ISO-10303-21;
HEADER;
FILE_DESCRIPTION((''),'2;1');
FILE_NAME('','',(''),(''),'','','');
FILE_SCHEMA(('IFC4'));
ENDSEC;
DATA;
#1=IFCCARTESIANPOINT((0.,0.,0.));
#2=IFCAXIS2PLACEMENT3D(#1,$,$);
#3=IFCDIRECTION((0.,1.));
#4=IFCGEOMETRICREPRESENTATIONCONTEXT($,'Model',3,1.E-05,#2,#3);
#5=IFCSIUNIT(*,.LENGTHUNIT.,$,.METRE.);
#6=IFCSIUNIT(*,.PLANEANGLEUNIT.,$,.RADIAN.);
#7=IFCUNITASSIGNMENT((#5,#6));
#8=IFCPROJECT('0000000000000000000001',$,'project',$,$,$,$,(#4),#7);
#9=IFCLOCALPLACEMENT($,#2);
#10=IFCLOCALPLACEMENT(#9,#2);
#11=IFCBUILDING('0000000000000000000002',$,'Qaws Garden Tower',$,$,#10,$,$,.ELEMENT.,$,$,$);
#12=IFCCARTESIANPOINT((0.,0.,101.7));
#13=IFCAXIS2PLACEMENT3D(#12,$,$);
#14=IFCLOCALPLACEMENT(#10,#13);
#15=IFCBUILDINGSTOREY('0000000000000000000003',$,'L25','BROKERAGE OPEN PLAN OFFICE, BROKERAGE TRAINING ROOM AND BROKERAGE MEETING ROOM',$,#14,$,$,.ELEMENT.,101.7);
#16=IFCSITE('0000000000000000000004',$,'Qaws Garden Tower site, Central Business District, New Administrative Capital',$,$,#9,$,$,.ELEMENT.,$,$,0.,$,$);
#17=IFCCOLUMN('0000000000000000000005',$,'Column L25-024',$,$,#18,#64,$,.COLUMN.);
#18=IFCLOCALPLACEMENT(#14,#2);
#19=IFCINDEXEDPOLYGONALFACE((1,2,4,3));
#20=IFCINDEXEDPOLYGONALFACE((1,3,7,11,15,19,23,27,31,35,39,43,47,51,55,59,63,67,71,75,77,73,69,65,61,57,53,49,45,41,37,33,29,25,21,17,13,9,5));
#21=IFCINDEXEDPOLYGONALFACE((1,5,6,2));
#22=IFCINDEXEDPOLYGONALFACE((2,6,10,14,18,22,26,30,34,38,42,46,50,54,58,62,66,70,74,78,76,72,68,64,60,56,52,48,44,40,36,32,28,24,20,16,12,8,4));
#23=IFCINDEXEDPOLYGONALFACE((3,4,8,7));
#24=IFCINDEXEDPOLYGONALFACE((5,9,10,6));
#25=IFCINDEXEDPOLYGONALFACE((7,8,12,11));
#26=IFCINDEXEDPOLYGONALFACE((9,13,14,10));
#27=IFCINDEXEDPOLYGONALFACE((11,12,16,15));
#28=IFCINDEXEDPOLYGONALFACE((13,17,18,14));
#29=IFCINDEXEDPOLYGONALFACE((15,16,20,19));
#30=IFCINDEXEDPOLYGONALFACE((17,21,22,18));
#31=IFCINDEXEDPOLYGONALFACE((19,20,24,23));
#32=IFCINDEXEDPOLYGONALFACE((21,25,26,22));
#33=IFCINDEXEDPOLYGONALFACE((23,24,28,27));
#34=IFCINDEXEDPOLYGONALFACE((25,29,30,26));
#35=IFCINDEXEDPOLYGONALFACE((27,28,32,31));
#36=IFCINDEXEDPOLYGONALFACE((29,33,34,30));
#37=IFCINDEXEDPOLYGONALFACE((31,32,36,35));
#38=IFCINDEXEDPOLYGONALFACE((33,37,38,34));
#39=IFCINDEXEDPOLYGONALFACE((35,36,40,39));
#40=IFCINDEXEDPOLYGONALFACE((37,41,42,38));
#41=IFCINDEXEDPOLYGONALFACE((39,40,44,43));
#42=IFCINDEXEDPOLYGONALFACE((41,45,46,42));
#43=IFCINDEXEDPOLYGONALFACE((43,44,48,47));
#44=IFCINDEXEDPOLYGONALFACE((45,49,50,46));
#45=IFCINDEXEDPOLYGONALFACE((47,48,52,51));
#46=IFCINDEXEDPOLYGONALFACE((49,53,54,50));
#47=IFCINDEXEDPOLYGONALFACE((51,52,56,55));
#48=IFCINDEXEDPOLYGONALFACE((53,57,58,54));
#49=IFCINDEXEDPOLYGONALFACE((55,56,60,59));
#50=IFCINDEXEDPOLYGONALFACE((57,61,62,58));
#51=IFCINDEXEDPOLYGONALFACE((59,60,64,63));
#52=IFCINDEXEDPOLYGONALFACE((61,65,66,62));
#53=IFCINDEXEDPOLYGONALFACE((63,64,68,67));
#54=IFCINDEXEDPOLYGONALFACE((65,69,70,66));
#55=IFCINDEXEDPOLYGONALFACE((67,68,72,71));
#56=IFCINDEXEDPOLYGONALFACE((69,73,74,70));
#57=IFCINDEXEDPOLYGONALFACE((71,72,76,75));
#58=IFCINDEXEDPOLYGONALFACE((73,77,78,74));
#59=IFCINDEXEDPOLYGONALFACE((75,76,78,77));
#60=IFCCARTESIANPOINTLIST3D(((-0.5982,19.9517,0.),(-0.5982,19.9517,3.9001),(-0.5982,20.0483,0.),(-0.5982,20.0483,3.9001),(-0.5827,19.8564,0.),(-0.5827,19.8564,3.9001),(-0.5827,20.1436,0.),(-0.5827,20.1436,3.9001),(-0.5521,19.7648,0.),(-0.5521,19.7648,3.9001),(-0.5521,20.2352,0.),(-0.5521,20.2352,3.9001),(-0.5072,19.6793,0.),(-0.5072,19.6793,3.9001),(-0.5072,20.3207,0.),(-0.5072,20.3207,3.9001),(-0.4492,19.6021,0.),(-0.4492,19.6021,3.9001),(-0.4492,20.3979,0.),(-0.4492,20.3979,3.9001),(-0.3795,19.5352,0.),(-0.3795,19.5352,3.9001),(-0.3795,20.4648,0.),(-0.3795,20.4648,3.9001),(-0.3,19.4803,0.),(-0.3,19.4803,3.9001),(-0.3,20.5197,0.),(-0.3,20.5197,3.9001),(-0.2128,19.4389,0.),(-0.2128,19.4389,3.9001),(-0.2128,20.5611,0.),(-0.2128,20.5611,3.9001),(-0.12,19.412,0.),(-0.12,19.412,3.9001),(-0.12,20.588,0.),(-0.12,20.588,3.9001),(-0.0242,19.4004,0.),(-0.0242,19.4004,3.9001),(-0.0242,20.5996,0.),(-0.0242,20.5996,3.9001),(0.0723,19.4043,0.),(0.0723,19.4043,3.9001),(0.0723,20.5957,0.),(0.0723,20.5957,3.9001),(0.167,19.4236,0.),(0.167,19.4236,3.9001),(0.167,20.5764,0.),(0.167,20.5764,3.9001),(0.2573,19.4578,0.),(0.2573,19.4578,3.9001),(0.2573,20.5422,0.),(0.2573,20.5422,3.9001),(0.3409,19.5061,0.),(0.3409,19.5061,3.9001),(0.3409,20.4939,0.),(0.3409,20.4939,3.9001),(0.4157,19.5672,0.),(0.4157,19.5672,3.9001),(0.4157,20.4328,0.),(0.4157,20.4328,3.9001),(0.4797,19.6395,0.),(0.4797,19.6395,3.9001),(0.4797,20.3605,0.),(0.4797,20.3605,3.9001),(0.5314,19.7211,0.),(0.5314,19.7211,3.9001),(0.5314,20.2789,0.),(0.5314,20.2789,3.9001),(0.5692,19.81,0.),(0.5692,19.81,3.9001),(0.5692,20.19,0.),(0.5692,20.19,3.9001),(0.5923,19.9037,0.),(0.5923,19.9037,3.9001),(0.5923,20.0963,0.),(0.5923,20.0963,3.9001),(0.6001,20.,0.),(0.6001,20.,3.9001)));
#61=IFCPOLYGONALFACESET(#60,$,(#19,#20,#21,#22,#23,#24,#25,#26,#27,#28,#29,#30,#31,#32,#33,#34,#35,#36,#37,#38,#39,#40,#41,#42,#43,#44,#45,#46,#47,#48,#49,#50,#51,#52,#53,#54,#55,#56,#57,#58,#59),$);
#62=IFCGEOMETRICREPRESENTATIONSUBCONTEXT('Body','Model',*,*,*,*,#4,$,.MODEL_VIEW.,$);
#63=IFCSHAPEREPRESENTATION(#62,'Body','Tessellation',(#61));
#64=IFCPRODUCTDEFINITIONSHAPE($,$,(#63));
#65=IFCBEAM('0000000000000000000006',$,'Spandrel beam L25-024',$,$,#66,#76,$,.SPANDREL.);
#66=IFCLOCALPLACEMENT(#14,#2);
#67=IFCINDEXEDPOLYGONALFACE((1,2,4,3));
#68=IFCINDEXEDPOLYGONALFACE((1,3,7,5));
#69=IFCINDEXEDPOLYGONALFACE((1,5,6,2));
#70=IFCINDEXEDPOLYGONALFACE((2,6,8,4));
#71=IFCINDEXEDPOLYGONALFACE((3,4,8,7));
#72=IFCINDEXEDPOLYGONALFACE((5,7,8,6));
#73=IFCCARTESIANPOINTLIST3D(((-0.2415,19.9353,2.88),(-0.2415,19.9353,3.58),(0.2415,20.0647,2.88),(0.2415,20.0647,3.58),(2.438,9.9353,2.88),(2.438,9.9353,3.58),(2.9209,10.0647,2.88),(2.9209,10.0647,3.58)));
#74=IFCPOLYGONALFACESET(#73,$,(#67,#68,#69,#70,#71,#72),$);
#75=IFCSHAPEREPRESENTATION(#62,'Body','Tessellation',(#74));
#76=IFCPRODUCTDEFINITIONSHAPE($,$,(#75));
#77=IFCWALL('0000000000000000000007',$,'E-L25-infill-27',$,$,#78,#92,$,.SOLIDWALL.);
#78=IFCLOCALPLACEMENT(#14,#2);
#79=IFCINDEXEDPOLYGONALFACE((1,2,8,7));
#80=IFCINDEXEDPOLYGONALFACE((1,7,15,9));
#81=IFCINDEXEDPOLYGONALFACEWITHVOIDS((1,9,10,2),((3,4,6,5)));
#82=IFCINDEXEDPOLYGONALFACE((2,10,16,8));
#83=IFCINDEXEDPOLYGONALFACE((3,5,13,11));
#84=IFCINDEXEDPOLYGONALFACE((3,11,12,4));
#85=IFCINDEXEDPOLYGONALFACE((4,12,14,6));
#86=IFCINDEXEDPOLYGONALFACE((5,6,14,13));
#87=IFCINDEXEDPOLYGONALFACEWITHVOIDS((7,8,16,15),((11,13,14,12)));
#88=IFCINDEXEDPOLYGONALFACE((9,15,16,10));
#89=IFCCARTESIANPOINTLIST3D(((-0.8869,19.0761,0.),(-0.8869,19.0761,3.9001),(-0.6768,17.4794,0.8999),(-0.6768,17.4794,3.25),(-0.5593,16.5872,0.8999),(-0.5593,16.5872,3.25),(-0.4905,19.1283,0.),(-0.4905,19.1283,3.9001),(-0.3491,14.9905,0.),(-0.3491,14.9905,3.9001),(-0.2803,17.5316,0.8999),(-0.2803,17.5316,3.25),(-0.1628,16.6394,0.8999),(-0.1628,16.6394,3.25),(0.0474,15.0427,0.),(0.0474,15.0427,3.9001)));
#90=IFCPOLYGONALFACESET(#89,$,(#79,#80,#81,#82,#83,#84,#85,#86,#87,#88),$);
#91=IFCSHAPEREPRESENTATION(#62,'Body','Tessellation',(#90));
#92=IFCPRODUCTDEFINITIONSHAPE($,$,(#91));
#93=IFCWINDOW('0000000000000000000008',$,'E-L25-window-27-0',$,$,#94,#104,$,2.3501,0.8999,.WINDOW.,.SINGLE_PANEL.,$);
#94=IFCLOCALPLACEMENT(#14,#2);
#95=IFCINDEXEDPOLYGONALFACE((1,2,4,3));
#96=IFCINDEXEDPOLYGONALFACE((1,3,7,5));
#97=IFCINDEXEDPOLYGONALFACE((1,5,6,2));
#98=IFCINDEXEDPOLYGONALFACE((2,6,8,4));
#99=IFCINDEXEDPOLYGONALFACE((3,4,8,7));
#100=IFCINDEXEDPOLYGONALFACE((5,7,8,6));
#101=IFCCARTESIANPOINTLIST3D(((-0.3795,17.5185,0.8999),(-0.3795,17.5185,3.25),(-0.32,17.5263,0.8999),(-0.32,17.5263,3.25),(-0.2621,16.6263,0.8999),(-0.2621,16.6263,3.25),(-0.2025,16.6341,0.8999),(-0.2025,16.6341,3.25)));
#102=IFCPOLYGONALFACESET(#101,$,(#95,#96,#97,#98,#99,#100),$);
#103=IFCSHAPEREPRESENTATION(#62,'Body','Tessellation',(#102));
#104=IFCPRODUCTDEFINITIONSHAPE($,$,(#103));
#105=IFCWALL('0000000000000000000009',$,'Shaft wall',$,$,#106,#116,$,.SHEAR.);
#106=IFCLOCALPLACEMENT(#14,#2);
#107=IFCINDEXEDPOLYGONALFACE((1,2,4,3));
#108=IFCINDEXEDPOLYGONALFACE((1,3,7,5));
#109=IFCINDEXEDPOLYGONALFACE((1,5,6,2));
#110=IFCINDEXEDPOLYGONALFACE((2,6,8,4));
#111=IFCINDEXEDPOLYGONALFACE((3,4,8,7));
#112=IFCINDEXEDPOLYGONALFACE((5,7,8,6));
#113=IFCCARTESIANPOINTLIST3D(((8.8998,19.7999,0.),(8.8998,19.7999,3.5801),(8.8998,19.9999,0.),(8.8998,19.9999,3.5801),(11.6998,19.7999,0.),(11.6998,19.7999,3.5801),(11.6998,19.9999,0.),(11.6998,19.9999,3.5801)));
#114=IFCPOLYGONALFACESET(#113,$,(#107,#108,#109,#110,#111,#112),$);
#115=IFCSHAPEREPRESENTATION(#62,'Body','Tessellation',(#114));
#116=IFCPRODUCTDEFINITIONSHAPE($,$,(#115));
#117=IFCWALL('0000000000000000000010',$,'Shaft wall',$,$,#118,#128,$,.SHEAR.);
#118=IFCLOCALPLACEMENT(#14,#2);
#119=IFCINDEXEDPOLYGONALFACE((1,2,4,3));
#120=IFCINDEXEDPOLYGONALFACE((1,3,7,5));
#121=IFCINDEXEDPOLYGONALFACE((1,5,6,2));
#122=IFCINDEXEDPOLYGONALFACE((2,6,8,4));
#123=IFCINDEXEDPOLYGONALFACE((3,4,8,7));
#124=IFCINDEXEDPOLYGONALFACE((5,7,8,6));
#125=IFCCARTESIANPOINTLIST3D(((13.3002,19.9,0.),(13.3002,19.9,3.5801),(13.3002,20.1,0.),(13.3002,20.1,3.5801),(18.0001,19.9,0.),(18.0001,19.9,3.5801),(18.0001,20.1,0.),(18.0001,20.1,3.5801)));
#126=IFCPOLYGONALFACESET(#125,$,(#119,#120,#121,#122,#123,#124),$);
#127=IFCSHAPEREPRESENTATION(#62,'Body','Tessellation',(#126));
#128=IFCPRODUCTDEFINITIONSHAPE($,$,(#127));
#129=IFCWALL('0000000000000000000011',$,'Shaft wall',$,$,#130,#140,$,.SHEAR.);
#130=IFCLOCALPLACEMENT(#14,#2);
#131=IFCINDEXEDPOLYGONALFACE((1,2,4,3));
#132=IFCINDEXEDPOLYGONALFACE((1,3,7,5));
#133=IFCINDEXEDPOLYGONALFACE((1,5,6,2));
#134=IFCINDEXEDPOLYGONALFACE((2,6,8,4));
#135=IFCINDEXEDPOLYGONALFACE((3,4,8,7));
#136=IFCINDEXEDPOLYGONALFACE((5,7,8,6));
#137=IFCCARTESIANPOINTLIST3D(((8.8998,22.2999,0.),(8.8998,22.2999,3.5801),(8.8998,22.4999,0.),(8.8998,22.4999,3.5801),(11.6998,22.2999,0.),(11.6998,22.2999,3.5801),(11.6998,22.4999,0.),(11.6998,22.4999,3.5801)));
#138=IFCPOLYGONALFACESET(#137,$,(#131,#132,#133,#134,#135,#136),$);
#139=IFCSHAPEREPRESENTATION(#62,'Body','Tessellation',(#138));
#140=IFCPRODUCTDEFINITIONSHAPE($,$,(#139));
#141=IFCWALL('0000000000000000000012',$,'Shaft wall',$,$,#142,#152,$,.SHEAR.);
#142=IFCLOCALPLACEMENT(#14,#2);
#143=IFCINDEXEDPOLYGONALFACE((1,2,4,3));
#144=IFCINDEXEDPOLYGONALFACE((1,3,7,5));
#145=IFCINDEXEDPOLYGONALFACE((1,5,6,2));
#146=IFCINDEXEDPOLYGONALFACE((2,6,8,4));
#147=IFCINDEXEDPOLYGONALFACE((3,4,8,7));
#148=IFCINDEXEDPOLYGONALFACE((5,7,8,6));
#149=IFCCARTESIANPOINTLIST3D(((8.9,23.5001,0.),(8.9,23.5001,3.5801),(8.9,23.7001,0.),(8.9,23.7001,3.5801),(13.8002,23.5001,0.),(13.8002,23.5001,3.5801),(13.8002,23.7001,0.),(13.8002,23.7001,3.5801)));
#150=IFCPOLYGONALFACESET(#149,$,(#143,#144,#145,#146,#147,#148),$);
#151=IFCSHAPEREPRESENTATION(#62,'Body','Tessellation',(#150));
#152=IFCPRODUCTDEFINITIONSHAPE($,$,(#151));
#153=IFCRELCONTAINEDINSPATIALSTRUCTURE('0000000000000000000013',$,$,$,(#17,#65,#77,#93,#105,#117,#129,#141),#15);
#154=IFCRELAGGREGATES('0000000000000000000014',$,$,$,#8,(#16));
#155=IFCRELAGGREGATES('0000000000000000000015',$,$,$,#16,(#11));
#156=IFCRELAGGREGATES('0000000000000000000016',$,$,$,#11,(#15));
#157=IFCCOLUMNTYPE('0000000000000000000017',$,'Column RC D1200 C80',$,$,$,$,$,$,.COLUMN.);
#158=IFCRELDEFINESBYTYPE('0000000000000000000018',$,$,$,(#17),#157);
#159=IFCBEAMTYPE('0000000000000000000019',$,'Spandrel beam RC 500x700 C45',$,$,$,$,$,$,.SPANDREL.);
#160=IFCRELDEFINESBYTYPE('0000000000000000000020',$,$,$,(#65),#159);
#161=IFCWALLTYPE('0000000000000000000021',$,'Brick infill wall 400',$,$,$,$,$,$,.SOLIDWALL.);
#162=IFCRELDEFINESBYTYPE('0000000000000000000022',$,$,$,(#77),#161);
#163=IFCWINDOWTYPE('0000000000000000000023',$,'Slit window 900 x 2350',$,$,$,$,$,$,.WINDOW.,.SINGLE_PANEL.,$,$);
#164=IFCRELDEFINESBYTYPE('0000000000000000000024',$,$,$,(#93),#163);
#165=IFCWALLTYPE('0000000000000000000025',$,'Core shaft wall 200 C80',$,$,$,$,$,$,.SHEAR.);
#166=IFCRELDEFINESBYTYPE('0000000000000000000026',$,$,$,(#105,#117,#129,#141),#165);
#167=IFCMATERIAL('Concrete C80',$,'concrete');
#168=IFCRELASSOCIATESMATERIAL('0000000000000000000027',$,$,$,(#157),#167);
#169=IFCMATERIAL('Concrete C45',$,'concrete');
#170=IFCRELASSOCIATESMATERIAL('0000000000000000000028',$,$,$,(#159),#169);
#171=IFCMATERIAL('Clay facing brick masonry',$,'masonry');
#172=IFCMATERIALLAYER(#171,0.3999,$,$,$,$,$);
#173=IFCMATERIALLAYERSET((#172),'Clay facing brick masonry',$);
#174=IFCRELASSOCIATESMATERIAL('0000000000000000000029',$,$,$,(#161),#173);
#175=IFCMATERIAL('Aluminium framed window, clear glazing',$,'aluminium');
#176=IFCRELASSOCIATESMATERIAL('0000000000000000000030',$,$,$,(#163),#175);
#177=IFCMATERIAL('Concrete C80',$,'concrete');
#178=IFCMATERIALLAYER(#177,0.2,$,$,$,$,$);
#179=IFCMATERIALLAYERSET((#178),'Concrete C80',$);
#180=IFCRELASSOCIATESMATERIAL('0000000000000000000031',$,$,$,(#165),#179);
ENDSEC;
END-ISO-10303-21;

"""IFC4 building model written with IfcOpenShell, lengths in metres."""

from ifc_helpers import new_model, si_unit, direction, frame, frame_2d, origin, origin_2d, place, context, subcontext, project, spatial, rectangle, circle, extrude, material, layer, layer_set, material_profile, profile_set, type_object, element, fill, save


model = new_model("IFC4")

# Units and contexts
model_context = context("Model", 3, precision=1e-05, world=origin(), true_north=direction((0.0, 1.0)))
body_context = subcontext(model_context, "Body", "Model", "MODEL_VIEW")
ifc_project = project(units=[si_unit("LENGTHUNIT", "METRE"), si_unit("PLANEANGLEUNIT", "RADIAN")], contexts=[model_context])

# Site, building, storey
site_placement = place(None, origin())
site = spatial("IfcSite", under=ifc_project, at=site_placement, Name="Qaws Garden Tower site, Central Business District, New Administrative Capital", CompositionType="ELEMENT", RefElevation=0.0)
building_placement = place(site_placement, origin())
building = spatial("IfcBuilding", under=site, at=building_placement, Name="Qaws Garden Tower", CompositionType="ELEMENT")
storey_placement = place(building_placement, frame((0.0, 0.0, 101.7)))
storey = spatial("IfcBuildingStorey", under=building, at=storey_placement, Name="L25", Description="BROKERAGE OPEN PLAN OFFICE, BROKERAGE TRAINING ROOM AND BROKERAGE MEETING ROOM", CompositionType="ELEMENT", Elevation=101.7)

# Column
ifc_material_1 = material(Name="Concrete C80", Category="concrete")
ifc_material_profile_1 = material_profile(ifc_material_1, circle(Radius=0.6001, at=origin_2d()), Name="RC D1200")
ifc_profile_set_1 = profile_set([ifc_material_profile_1], Name="Concrete C80")
column_type = type_object("IfcColumnType", Name="Column RC D1200 C80", PredefinedType="COLUMN", material=ifc_profile_set_1)
column_placement = place(storey_placement, frame((0.0, 20.0, 0.0), z_axis=(0.0, 0.0, 1.0), x_axis=(1.0, 0.0, 0.0)))
element("IfcColumn", 1, at=column_placement, inside=storey, type_object=column_type, Name="Column L25-024", PredefinedType="COLUMN", context=body_context, shape_type="SweptSolid", body=[
    extrude(circle(Radius=0.6001, at=origin_2d()), origin(), (0.0, 0.0, 1.0), 3.9001),
])

# Beam
ifc_material_2 = material(Name="Concrete C45", Category="concrete")
ifc_material_profile_2 = material_profile(ifc_material_2, rectangle(XDim=0.5, YDim=0.7, at=origin_2d()), Name="RC 500x700")
ifc_profile_set_2 = profile_set([ifc_material_profile_2], Name="Concrete C45")
beam_type = type_object("IfcBeamType", Name="Spandrel beam RC 500x700 C45", PredefinedType="SPANDREL", material=ifc_profile_set_2)
beam_placement = place(storey_placement, frame((0.0, 20.0, 3.23), z_axis=(0.258815, -0.965927, 0.0), x_axis=(0.965927, 0.258815, 0.0)))
element("IfcBeam", 2, at=beam_placement, inside=storey, type_object=beam_type, Name="Spandrel beam L25-024", PredefinedType="SPANDREL", context=body_context, shape_type="SweptSolid", body=[
    extrude(rectangle(XDim=0.5, YDim=0.7, at=origin_2d()), origin(), (0.0, 0.0, 1.0), 10.3528),
])

# Wall, opening, window
ifc_material_3 = material(Name="Clay facing brick masonry", Category="masonry")
ifc_layer_1 = layer(ifc_material_3, 0.3999)
ifc_layer_set_1 = layer_set([ifc_layer_1], Name="Clay facing brick masonry")
wall_type_1 = type_object("IfcWallType", Name="Brick infill wall 400", PredefinedType="SOLIDWALL", material=ifc_layer_set_1)
wall_1_placement = place(storey_placement, frame((-0.6887, 19.1023, 0.0), z_axis=(0.0, 0.0, 1.0), x_axis=(0.130514, -0.991446, 0.0)))
wall_1 = element("IfcWall", 3, at=wall_1_placement, inside=storey, type_object=wall_type_1, Name="E-L25-infill-27", PredefinedType="SOLIDWALL", context=body_context, shape_type="SweptSolid", body=[
    extrude(rectangle(XDim=4.1208, YDim=0.3999, at=frame_2d((2.0605, 0.0))), origin(), (0.0, 0.0, 1.0), 3.9001),
])
opening_1_placement = place(wall_1_placement, frame((1.6106, 0.0, 0.8999)))
opening_1 = element("IfcOpeningElement", 4, at=opening_1_placement, cuts=wall_1, PredefinedType="OPENING", context=body_context, shape_type="SweptSolid", body=[
    extrude(rectangle(XDim=0.8999, YDim=2.3501, at=frame_2d((0.45, 1.175))), frame((0.0, 0.21, 0.0), z_axis=(0.0, -1.0, 0.0), x_axis=(1.0, 0.0, 0.0)), (0.0, 0.0, 1.0), 0.4199),
])
ifc_material_4 = material(Name="Aluminium framed window, clear glazing", Category="aluminium")
window_type = type_object("IfcWindowType", Name="Slit window 900 x 2350", PartitioningType="SINGLE_PANEL", PredefinedType="WINDOW", material=ifc_material_4)
window_placement = place(opening_1_placement, origin())
window = element("IfcWindow", 5, at=window_placement, inside=storey, type_object=window_type, Name="E-L25-window-27-0", OverallHeight=2.3501, OverallWidth=0.8999, PartitioningType="SINGLE_PANEL", PredefinedType="WINDOW", context=body_context, shape_type="SweptSolid", body=[
    extrude(rectangle(XDim=0.8999, YDim=2.3501, at=frame_2d((0.45, 1.175))), frame((0.0, 0.1599, 0.0), z_axis=(0.0, -1.0, 0.0), x_axis=(1.0, 0.0, 0.0)), (0.0, 0.0, 1.0), 0.0601),
])
fill(opening_1, window)

# Walls
ifc_material_5 = material(Name="Concrete C80", Category="concrete")
ifc_layer_2 = layer(ifc_material_5, 0.2)
ifc_layer_set_2 = layer_set([ifc_layer_2], Name="Concrete C80")
wall_type_2 = type_object("IfcWallType", Name="Core shaft wall 200 C80", PredefinedType="SHEAR", material=ifc_layer_set_2)
wall_2_placement = place(storey_placement, frame((8.8999, 19.8999, 0.0), z_axis=(0.0, 0.0, 1.0), x_axis=(1.0, 0.0, 0.0)))
element("IfcWall", 6, at=wall_2_placement, inside=storey, type_object=wall_type_2, Name="Shaft wall", PredefinedType="SHEAR", context=body_context, shape_type="SweptSolid", body=[
    extrude(rectangle(XDim=2.8, YDim=0.2, at=frame_2d((1.3999, 0.0))), origin(), (0.0, 0.0, 1.0), 3.5801),
])
wall_3_placement = place(storey_placement, frame((13.3, 20.0, 0.0), z_axis=(0.0, 0.0, 1.0), x_axis=(1.0, 0.0, 0.0)))
element("IfcWall", 7, at=wall_3_placement, inside=storey, type_object=wall_type_2, Name="Shaft wall", PredefinedType="SHEAR", context=body_context, shape_type="SweptSolid", body=[
    extrude(rectangle(XDim=4.7, YDim=0.2, at=frame_2d((2.3501, 0.0))), origin(), (0.0, 0.0, 1.0), 3.5801),
])
wall_4_placement = place(storey_placement, frame((8.8999, 22.3999, 0.0), z_axis=(0.0, 0.0, 1.0), x_axis=(1.0, 0.0, 0.0)))
element("IfcWall", 8, at=wall_4_placement, inside=storey, type_object=wall_type_2, Name="Shaft wall", PredefinedType="SHEAR", context=body_context, shape_type="SweptSolid", body=[
    extrude(rectangle(XDim=2.8, YDim=0.2, at=frame_2d((1.3999, 0.0))), origin(), (0.0, 0.0, 1.0), 3.5801),
])
wall_5_placement = place(storey_placement, frame((8.8999, 23.6001, 0.0), z_axis=(0.0, 0.0, 1.0), x_axis=(1.0, 0.0, 0.0)))
element("IfcWall", 9, at=wall_5_placement, inside=storey, type_object=wall_type_2, Name="Shaft wall", PredefinedType="SHEAR", context=body_context, shape_type="SweptSolid", body=[
    extrude(rectangle(XDim=4.9001, YDim=0.2, at=frame_2d((2.4502, 0.0))), origin(), (0.0, 0.0, 1.0), 3.5801),
])

save(model, "model.ifc")
